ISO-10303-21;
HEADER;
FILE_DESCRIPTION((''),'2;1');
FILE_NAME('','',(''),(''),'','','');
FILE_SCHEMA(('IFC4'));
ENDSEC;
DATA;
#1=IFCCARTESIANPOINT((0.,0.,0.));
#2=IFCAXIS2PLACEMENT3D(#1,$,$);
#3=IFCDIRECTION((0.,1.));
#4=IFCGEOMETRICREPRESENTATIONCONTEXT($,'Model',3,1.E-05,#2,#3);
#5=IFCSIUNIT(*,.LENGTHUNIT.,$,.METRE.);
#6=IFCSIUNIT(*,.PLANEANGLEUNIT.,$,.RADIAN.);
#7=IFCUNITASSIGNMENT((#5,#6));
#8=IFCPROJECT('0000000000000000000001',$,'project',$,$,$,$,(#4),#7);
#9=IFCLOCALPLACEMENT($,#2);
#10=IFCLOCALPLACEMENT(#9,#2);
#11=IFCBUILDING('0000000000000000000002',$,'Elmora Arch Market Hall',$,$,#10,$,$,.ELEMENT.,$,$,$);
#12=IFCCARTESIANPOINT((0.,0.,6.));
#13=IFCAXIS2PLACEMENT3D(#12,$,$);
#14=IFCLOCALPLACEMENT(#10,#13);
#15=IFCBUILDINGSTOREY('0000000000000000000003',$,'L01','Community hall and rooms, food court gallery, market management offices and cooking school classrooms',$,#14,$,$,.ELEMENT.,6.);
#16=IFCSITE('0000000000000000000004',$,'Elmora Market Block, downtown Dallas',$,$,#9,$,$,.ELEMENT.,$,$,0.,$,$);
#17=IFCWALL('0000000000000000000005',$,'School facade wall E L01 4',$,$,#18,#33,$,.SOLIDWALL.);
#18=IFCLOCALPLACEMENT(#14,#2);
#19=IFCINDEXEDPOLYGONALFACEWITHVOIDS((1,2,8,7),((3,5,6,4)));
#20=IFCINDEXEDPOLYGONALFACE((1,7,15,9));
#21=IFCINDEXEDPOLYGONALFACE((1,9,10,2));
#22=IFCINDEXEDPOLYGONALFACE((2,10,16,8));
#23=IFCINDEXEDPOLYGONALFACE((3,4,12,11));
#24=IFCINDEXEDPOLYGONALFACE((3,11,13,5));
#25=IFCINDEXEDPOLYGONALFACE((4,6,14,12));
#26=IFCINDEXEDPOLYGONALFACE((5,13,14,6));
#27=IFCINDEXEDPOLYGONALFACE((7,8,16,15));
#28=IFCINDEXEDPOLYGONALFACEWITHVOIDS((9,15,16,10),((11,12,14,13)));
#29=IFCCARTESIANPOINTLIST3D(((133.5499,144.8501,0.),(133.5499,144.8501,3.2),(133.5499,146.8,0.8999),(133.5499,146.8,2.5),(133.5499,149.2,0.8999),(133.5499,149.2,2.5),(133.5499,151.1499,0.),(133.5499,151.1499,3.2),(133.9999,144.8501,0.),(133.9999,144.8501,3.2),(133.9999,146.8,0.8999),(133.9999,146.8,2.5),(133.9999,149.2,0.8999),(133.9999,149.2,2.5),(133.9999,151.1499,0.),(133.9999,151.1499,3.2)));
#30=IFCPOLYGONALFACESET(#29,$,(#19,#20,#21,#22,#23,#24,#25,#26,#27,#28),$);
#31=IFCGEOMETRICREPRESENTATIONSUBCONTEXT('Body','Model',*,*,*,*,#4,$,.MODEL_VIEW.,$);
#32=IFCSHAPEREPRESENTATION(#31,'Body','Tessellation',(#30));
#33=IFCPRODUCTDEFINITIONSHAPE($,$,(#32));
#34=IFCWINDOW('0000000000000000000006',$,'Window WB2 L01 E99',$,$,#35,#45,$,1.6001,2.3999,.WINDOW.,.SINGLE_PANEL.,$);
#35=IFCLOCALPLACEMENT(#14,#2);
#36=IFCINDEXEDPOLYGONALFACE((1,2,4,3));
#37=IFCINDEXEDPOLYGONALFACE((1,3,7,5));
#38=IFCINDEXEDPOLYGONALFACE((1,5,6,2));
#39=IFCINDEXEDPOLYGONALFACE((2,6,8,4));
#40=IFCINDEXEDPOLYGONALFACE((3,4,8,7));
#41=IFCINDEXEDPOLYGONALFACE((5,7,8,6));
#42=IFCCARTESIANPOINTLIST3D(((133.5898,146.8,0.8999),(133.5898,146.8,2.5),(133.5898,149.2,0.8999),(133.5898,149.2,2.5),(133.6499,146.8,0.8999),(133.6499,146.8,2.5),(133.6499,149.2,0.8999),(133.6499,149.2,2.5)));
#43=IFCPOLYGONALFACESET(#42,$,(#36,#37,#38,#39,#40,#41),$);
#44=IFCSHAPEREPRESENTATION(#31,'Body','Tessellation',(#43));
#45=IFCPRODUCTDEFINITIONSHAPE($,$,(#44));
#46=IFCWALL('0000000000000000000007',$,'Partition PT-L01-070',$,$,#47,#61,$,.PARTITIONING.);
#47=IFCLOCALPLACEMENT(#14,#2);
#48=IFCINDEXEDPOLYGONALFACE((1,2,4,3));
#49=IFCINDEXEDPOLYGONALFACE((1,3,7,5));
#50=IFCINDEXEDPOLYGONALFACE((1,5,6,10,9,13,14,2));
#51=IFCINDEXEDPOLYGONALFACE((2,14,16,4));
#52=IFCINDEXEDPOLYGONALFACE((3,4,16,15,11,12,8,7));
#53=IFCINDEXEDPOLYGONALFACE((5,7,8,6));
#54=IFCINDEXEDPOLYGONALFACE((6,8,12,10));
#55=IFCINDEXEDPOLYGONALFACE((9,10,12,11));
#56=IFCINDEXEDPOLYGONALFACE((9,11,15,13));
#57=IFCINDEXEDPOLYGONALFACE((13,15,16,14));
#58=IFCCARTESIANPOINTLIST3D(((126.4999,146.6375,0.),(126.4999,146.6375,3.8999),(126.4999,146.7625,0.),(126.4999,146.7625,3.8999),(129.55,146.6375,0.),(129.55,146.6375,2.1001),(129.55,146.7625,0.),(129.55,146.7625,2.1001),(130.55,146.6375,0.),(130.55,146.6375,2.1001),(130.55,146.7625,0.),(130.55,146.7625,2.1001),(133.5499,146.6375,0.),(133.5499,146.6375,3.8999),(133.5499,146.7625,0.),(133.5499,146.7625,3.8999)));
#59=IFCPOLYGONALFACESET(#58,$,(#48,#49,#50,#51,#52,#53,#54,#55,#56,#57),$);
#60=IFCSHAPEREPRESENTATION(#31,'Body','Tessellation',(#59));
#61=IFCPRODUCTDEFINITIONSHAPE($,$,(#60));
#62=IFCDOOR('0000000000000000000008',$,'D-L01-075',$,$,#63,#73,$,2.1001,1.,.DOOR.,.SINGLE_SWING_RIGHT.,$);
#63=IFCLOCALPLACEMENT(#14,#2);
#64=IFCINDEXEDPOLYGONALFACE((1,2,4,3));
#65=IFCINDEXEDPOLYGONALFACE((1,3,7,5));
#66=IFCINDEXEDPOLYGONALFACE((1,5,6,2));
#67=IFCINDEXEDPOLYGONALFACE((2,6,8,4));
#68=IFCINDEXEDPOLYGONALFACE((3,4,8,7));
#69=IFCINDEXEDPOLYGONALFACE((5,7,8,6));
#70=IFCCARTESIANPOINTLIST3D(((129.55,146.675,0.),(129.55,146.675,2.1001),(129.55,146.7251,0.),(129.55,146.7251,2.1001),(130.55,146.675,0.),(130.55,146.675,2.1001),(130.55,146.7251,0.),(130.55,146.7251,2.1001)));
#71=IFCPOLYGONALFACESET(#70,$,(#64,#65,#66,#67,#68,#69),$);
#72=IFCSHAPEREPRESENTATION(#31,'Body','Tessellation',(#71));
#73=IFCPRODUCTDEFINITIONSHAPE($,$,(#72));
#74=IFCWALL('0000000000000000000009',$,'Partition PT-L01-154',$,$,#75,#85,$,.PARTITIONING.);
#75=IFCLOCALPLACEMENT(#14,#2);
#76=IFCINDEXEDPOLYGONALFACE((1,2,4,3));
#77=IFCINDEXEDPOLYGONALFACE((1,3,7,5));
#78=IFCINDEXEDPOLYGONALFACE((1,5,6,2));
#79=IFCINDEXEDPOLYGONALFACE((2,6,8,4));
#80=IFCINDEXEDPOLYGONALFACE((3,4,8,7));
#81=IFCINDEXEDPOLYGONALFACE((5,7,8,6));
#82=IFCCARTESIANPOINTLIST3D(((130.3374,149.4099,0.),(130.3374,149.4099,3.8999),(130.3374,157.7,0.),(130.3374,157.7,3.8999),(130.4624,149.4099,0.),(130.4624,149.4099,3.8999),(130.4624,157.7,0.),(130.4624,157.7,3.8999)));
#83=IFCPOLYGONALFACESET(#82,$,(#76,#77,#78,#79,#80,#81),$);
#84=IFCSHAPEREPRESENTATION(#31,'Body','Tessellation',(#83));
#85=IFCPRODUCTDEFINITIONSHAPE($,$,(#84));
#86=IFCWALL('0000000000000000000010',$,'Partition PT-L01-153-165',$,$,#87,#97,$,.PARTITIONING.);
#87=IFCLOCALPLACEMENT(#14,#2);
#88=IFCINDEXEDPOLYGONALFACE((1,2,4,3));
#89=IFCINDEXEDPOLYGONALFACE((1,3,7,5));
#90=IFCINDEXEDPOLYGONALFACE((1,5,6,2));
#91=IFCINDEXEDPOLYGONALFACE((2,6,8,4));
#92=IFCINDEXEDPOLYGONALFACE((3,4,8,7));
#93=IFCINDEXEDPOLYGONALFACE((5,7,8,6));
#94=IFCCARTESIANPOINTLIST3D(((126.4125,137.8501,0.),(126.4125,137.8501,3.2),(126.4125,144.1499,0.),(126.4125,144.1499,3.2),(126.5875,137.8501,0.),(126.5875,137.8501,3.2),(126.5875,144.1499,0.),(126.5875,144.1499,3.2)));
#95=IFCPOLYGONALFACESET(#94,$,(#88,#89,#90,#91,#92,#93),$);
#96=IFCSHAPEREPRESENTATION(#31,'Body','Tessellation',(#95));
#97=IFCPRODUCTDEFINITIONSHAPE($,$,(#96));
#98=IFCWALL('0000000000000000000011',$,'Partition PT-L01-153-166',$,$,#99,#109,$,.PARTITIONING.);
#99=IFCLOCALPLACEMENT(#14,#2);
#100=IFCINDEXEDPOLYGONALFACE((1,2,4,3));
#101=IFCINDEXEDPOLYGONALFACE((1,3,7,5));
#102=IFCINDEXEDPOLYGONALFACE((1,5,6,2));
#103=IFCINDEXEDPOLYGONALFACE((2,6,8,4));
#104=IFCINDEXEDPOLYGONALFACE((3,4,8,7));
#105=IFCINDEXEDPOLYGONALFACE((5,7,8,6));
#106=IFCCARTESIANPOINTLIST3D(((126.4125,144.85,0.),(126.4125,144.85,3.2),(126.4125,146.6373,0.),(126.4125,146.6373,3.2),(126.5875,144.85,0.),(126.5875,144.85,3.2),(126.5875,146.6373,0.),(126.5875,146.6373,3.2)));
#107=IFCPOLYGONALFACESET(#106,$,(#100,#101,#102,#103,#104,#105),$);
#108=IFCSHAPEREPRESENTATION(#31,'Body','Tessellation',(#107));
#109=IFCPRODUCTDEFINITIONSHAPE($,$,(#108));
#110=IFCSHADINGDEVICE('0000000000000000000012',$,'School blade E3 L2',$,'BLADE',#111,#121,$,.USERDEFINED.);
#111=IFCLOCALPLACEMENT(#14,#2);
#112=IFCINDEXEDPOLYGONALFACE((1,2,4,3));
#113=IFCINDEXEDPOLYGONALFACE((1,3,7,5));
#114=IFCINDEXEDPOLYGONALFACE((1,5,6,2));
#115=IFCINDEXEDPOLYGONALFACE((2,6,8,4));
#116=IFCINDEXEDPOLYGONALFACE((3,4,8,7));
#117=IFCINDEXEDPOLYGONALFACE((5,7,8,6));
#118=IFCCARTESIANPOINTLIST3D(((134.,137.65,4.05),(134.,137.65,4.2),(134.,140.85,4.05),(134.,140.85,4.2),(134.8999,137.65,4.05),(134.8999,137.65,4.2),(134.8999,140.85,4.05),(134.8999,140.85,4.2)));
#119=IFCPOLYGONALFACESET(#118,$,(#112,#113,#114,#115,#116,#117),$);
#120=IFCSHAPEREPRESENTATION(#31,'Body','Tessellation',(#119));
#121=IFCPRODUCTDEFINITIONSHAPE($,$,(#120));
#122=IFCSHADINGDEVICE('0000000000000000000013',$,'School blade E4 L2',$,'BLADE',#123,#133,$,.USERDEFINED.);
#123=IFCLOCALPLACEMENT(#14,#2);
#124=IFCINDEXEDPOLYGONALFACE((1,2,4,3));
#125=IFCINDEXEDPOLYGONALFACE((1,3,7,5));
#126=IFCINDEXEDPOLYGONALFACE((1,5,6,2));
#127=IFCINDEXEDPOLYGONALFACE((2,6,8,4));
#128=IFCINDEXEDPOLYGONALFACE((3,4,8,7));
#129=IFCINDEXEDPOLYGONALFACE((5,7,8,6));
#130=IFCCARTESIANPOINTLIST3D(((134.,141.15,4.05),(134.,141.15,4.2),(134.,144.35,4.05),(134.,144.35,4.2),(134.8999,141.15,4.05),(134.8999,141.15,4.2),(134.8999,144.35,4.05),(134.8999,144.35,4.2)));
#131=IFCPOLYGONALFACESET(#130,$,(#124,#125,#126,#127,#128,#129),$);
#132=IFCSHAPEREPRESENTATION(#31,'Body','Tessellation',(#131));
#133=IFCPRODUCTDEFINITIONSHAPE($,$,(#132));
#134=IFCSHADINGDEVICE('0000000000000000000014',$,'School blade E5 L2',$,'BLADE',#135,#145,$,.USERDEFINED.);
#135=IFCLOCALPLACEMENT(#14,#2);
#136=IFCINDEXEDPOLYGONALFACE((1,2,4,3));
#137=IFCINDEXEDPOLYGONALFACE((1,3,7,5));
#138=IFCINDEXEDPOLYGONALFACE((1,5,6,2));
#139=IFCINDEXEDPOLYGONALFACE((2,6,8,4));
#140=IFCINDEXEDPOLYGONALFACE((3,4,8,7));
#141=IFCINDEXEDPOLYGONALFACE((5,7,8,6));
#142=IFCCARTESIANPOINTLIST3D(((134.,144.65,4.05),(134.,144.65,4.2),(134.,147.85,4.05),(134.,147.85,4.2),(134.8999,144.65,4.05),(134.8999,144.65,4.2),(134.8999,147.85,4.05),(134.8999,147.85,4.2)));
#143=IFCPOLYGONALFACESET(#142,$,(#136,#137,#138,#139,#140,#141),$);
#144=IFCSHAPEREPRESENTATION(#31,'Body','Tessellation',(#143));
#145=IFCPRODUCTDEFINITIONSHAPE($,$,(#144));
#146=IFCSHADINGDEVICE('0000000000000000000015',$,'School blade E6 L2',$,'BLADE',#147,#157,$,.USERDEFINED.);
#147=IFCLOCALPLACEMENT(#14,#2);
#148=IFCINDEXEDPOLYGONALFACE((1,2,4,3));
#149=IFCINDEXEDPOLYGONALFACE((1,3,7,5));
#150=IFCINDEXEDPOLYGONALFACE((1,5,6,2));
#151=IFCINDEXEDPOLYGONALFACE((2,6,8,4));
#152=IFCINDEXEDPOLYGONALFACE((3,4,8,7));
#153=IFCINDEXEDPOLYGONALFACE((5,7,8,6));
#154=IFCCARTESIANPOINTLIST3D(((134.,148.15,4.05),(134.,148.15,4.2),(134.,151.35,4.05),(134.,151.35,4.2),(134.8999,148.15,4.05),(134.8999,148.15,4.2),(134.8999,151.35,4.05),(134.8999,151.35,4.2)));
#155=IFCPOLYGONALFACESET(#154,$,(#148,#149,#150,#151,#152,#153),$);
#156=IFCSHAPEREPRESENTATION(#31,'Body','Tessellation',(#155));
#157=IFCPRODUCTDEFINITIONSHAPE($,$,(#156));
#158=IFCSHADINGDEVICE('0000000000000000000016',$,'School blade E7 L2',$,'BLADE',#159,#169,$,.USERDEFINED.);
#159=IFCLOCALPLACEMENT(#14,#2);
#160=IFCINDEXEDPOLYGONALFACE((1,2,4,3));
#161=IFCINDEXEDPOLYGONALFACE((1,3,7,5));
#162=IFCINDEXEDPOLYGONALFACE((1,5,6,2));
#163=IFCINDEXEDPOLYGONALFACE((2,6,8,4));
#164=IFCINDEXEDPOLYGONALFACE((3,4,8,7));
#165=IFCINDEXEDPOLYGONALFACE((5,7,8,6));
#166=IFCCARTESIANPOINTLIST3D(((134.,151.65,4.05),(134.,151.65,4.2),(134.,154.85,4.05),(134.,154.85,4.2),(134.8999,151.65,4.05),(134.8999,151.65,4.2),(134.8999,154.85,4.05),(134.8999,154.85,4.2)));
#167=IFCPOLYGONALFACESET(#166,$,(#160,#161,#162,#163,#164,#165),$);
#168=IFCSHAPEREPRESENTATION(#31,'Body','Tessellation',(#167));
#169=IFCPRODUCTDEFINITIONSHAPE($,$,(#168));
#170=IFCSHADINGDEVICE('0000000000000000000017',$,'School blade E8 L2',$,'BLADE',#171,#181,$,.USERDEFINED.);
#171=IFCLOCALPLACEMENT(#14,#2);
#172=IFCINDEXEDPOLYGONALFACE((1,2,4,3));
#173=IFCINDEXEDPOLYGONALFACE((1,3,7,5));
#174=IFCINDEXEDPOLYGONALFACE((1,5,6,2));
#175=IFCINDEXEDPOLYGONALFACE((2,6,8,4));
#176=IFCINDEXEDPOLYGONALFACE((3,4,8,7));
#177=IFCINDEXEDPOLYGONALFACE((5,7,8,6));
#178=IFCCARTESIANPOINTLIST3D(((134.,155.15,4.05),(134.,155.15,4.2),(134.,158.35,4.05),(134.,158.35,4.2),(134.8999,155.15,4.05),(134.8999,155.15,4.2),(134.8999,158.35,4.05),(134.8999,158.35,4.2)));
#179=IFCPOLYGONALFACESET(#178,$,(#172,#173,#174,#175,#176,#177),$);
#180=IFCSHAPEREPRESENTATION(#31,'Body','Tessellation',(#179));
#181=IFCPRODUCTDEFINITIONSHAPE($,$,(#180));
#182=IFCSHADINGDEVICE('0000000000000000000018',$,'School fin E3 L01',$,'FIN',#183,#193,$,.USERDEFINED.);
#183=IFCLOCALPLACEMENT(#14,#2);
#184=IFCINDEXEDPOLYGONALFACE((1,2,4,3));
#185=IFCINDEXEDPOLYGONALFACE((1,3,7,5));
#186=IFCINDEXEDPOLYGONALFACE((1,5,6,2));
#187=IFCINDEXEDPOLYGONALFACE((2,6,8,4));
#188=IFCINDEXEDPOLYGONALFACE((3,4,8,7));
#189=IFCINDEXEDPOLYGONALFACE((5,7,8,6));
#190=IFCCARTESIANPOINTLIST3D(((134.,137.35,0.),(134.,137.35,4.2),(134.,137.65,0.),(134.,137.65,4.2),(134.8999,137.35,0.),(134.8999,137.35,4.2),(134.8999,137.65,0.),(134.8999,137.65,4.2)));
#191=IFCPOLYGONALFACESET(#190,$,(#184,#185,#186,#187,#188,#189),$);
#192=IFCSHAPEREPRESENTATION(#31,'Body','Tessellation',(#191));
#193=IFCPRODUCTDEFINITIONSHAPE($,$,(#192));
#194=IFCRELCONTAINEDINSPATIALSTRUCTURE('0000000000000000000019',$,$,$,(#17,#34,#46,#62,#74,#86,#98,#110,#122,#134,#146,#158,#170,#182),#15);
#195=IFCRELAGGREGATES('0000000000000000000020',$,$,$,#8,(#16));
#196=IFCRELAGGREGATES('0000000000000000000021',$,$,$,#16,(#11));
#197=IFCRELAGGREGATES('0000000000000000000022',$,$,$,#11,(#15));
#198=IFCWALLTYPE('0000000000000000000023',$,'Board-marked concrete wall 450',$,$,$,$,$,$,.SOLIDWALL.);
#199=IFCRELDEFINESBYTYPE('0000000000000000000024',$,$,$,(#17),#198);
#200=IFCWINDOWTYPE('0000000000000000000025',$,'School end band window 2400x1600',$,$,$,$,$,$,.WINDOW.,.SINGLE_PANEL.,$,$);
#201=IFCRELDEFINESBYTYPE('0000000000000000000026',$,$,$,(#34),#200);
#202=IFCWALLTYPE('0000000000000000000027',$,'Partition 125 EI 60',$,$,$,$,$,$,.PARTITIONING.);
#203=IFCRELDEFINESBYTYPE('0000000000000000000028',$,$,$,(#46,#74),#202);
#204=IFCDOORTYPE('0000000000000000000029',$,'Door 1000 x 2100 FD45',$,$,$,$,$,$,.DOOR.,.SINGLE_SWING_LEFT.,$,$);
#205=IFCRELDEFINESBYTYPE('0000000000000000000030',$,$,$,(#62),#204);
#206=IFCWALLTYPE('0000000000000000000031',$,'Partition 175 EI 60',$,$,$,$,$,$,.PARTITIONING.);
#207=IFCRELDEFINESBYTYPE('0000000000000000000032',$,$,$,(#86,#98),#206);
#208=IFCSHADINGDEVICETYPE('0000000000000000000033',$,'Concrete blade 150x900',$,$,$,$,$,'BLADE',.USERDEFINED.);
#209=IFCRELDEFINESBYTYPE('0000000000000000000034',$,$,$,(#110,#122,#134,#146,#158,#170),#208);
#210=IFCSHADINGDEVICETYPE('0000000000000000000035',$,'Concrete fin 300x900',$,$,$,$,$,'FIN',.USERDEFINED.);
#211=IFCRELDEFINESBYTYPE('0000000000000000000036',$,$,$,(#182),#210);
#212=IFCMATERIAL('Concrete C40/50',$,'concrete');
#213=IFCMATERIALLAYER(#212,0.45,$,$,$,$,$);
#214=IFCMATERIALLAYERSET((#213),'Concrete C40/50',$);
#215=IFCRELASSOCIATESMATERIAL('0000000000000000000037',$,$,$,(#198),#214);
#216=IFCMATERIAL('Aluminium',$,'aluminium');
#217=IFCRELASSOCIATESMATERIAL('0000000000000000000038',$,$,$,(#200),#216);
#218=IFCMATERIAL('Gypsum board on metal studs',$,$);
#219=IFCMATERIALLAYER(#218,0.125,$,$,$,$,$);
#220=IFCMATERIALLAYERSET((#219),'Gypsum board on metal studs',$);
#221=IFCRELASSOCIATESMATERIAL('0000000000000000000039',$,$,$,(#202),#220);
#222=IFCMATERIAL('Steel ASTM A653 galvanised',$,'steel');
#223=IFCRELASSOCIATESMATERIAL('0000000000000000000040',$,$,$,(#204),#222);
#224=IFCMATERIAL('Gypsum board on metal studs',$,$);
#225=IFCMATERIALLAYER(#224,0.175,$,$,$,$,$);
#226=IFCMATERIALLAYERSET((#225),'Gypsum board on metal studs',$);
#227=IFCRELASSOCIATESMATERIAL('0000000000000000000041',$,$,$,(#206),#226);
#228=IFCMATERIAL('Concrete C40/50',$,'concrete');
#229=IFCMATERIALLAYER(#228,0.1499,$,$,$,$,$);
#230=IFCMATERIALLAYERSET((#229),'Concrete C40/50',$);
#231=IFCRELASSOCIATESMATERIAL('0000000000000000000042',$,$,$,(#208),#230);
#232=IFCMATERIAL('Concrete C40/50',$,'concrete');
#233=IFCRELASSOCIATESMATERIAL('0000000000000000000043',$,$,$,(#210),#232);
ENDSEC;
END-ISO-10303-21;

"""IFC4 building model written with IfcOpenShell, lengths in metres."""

from ifc_helpers import new_model, si_unit, direction, frame, frame_2d, origin, origin_2d, place, context, subcontext, project, spatial, rectangle, extrude, material, layer, layer_set, type_object, element, fill, save


model = new_model("IFC4")

# Units and contexts
model_context = context("Model", 3, precision=1e-05, world=origin(), true_north=direction((0.0, 1.0)))
body_context = subcontext(model_context, "Body", "Model", "MODEL_VIEW")
ifc_project = project(units=[si_unit("LENGTHUNIT", "METRE"), si_unit("PLANEANGLEUNIT", "RADIAN")], contexts=[model_context])

# Site, building, storey
site_placement = place(None, origin())
site = spatial("IfcSite", under=ifc_project, at=site_placement, Name="Elmora Market Block, downtown Dallas", CompositionType="ELEMENT", RefElevation=0.0)
building_placement = place(site_placement, origin())
building = spatial("IfcBuilding", under=site, at=building_placement, Name="Elmora Arch Market Hall", CompositionType="ELEMENT")
storey_placement = place(building_placement, frame((0.0, 0.0, 6.0)))
storey = spatial("IfcBuildingStorey", under=building, at=storey_placement, Name="L01", Description="Community hall and rooms, food court gallery, market management offices and cooking school classrooms", CompositionType="ELEMENT", Elevation=6.0)

# Wall, opening, window
ifc_material_1 = material(Name="Concrete C40/50", Category="concrete")
ifc_layer_1 = layer(ifc_material_1, 0.45)
ifc_layer_set_1 = layer_set([ifc_layer_1], Name="Concrete C40/50")
wall_type_1 = type_object("IfcWallType", Name="Board-marked concrete wall 450", PredefinedType="SOLIDWALL", material=ifc_layer_set_1)
ifc_material_2 = material(Name="Aluminium", Category="aluminium")
window_type = type_object("IfcWindowType", Name="School end band window 2400x1600", PartitioningType="SINGLE_PANEL", PredefinedType="WINDOW", material=ifc_material_2)
wall_1_placement = place(storey_placement, frame((133.7749, 151.1499, 0.0), z_axis=(0.0, 0.0, 1.0), x_axis=(0.0, -1.0, 0.0)))
wall_1 = element("IfcWall", 1, at=wall_1_placement, inside=storey, type_object=wall_type_1, Name="School facade wall E L01 4", PredefinedType="SOLIDWALL", context=body_context, shape_type="SweptSolid", body=[
    extrude(rectangle(XDim=6.2998, YDim=0.45, at=frame_2d((3.1499, 0.0))), origin(), (0.0, 0.0, 1.0), 3.2),
])
opening_1_placement = place(wall_1_placement, frame((1.95, 0.0, 0.8999)))
opening_1 = element("IfcOpeningElement", 2, at=opening_1_placement, cuts=wall_1, PredefinedType="OPENING", context=body_context, shape_type="SweptSolid", body=[
    extrude(rectangle(XDim=2.3999, YDim=1.6001, at=frame_2d((1.2, 0.8))), frame((0.0, 0.2349, 0.0), z_axis=(0.0, -1.0, 0.0), x_axis=(1.0, 0.0, 0.0)), (0.0, 0.0, 1.0), 0.47),
])
window_1_placement = place(opening_1_placement, origin())
window_1 = element("IfcWindow", 3, at=window_1_placement, inside=storey, type_object=window_type, Name="Window WB2 L01 E99", OverallHeight=1.6001, OverallWidth=2.3999, PartitioningType="SINGLE_PANEL", PredefinedType="WINDOW", context=body_context, shape_type="SweptSolid", body=[
    extrude(rectangle(XDim=2.3999, YDim=1.6001, at=frame_2d((1.2, 0.8))), frame((0.0, -0.125, 0.0), z_axis=(0.0, -1.0, 0.0), x_axis=(1.0, 0.0, 0.0)), (0.0, 0.0, 1.0), 0.0601),
])
fill(opening_1, window_1)

# Wall, opening, door
ifc_material_3 = material(Name="Gypsum board on metal studs")
ifc_layer_2 = layer(ifc_material_3, 0.125)
ifc_layer_set_2 = layer_set([ifc_layer_2], Name="Gypsum board on metal studs")
wall_type_2 = type_object("IfcWallType", Name="Partition 125 EI 60", PredefinedType="PARTITIONING", material=ifc_layer_set_2)
wall_2_placement = place(storey_placement, frame((126.5, 146.7, 0.0), z_axis=(0.0, 0.0, 1.0), x_axis=(1.0, 0.0, 0.0)))
wall_2 = element("IfcWall", 4, at=wall_2_placement, inside=storey, type_object=wall_type_2, Name="Partition PT-L01-070", PredefinedType="PARTITIONING", context=body_context, shape_type="SweptSolid", body=[
    extrude(rectangle(XDim=7.05, YDim=0.125, at=frame_2d((3.5249, 0.0))), origin(), (0.0, 0.0, 1.0), 3.8999),
])
opening_2_placement = place(wall_2_placement, frame((3.05, 0.0, 0.0)))
opening_2 = element("IfcOpeningElement", 5, at=opening_2_placement, cuts=wall_2, PredefinedType="OPENING", context=body_context, shape_type="SweptSolid", body=[
    extrude(rectangle(XDim=1.0, YDim=2.1001, at=frame_2d((0.5, 1.05))), frame((0.0, 0.0725, 0.0), z_axis=(0.0, -1.0, 0.0), x_axis=(1.0, 0.0, 0.0)), (0.0, 0.0, 1.0), 0.145),
])
ifc_material_4 = material(Name="Steel ASTM A653 galvanised", Category="steel")
door_type = type_object("IfcDoorType", Name="Door 1000 x 2100 FD45", OperationType="SINGLE_SWING_LEFT", PredefinedType="DOOR", material=ifc_material_4)
door_placement = place(opening_2_placement, frame((1.0, 0.0, 0.0), z_axis=(0.0, 0.0, 1.0), x_axis=(-1.0, 0.0, 0.0)))
door = element("IfcDoor", 6, at=door_placement, inside=storey, type_object=door_type, Name="D-L01-075", OperationType="SINGLE_SWING_RIGHT", OverallHeight=2.1001, OverallWidth=1.0, PredefinedType="DOOR", context=body_context, shape_type="SweptSolid", body=[
    extrude(rectangle(XDim=1.0, YDim=2.1001, at=frame_2d((0.5, 1.05))), frame((0.0, 0.0249, 0.0), z_axis=(0.0, -1.0, 0.0), x_axis=(1.0, 0.0, 0.0)), (0.0, 0.0, 1.0), 0.05),
])
fill(opening_2, door)

# Walls
wall_3_placement = place(storey_placement, frame((130.3999, 149.4099, 0.0), z_axis=(0.0, 0.0, 1.0), x_axis=(0.0, 1.0, 0.0)))
element("IfcWall", 7, at=wall_3_placement, inside=storey, type_object=wall_type_2, Name="Partition PT-L01-154", PredefinedType="PARTITIONING", context=body_context, shape_type="SweptSolid", body=[
    extrude(rectangle(XDim=8.29, YDim=0.125, at=frame_2d((4.145, 0.0))), origin(), (0.0, 0.0, 1.0), 3.8999),
])
ifc_material_5 = material(Name="Gypsum board on metal studs")
ifc_layer_3 = layer(ifc_material_5, 0.175)
ifc_layer_set_3 = layer_set([ifc_layer_3], Name="Gypsum board on metal studs")
wall_type_3 = type_object("IfcWallType", Name="Partition 175 EI 60", PredefinedType="PARTITIONING", material=ifc_layer_set_3)
wall_4_placement = place(storey_placement, frame((126.5, 137.8501, 0.0), z_axis=(0.0, 0.0, 1.0), x_axis=(0.0, 1.0, 0.0)))
element("IfcWall", 8, at=wall_4_placement, inside=storey, type_object=wall_type_3, Name="Partition PT-L01-153-165", PredefinedType="PARTITIONING", context=body_context, shape_type="SweptSolid", body=[
    extrude(rectangle(XDim=6.2998, YDim=0.175, at=frame_2d((3.1499, 0.0))), origin(), (0.0, 0.0, 1.0), 3.2),
])
wall_5_placement = place(storey_placement, frame((126.5, 144.8501, 0.0), z_axis=(0.0, 0.0, 1.0), x_axis=(0.0, 1.0, 0.0)))
element("IfcWall", 9, at=wall_5_placement, inside=storey, type_object=wall_type_3, Name="Partition PT-L01-153-166", PredefinedType="PARTITIONING", context=body_context, shape_type="SweptSolid", body=[
    extrude(rectangle(XDim=1.7874, YDim=0.175, at=frame_2d((0.8936, 0.0))), origin(), (0.0, 0.0, 1.0), 3.2),
])

# Shading devices
ifc_material_6 = material(Name="Concrete C40/50", Category="concrete")
ifc_layer_4 = layer(ifc_material_6, 0.1499)
ifc_layer_set_4 = layer_set([ifc_layer_4], Name="Concrete C40/50")
shading_device_type_1 = type_object("IfcShadingDeviceType", Name="Concrete blade 150x900", ElementType="BLADE", PredefinedType="USERDEFINED", material=ifc_layer_set_4)
for number, where, z_axis, x_axis, name in (
    (10, (134.45, 139.25, 4.05), (0.0, 0.0, 1.0), (1.0, 0.0, 0.0), "School blade E3 L2"),
    (11, (134.45, 142.75, 4.05), (0.0, 0.0, 1.0), (1.0, 0.0, 0.0), "School blade E4 L2"),
    (12, (134.45, 146.25, 4.05), (0.0, 0.0, 1.0), (1.0, 0.0, 0.0), "School blade E5 L2"),
    (13, (134.45, 149.75, 4.05), (0.0, 0.0, 1.0), (1.0, 0.0, 0.0), "School blade E6 L2"),
    (14, (134.45, 153.25, 4.05), (0.0, 0.0, 1.0), (1.0, 0.0, 0.0), "School blade E7 L2"),
    (15, (134.45, 156.75, 4.05), (0.0, 0.0, 1.0), (1.0, 0.0, 0.0), "School blade E8 L2"),
):
    element("IfcShadingDevice", number, at=place(storey_placement, frame(where, z_axis=z_axis, x_axis=x_axis)), inside=storey, type_object=shading_device_type_1, Name=name, ObjectType="BLADE", PredefinedType="USERDEFINED", context=body_context, shape_type="SweptSolid", body=[
        extrude(rectangle(XDim=0.8999, YDim=3.2, at=origin_2d()), origin(), (0.0, 0.0, 1.0), 0.1499),
    ])
ifc_material_7 = material(Name="Concrete C40/50", Category="concrete")
shading_device_type_2 = type_object("IfcShadingDeviceType", Name="Concrete fin 300x900", ElementType="FIN", PredefinedType="USERDEFINED", material=ifc_material_7)
for number, where, z_axis, x_axis, name in (
    (16, (134.45, 137.5, 0.0), (0.0, 0.0, 1.0), (1.0, 0.0, 0.0), "School fin E3 L01"),
):
    element("IfcShadingDevice", number, at=place(storey_placement, frame(where, z_axis=z_axis, x_axis=x_axis)), inside=storey, type_object=shading_device_type_2, Name=name, ObjectType="FIN", PredefinedType="USERDEFINED", context=body_context, shape_type="SweptSolid", body=[
        extrude(rectangle(XDim=0.8999, YDim=0.3, at=origin_2d()), origin(), (0.0, 0.0, 1.0), 4.2),
    ])

save(model, "model.ifc")
